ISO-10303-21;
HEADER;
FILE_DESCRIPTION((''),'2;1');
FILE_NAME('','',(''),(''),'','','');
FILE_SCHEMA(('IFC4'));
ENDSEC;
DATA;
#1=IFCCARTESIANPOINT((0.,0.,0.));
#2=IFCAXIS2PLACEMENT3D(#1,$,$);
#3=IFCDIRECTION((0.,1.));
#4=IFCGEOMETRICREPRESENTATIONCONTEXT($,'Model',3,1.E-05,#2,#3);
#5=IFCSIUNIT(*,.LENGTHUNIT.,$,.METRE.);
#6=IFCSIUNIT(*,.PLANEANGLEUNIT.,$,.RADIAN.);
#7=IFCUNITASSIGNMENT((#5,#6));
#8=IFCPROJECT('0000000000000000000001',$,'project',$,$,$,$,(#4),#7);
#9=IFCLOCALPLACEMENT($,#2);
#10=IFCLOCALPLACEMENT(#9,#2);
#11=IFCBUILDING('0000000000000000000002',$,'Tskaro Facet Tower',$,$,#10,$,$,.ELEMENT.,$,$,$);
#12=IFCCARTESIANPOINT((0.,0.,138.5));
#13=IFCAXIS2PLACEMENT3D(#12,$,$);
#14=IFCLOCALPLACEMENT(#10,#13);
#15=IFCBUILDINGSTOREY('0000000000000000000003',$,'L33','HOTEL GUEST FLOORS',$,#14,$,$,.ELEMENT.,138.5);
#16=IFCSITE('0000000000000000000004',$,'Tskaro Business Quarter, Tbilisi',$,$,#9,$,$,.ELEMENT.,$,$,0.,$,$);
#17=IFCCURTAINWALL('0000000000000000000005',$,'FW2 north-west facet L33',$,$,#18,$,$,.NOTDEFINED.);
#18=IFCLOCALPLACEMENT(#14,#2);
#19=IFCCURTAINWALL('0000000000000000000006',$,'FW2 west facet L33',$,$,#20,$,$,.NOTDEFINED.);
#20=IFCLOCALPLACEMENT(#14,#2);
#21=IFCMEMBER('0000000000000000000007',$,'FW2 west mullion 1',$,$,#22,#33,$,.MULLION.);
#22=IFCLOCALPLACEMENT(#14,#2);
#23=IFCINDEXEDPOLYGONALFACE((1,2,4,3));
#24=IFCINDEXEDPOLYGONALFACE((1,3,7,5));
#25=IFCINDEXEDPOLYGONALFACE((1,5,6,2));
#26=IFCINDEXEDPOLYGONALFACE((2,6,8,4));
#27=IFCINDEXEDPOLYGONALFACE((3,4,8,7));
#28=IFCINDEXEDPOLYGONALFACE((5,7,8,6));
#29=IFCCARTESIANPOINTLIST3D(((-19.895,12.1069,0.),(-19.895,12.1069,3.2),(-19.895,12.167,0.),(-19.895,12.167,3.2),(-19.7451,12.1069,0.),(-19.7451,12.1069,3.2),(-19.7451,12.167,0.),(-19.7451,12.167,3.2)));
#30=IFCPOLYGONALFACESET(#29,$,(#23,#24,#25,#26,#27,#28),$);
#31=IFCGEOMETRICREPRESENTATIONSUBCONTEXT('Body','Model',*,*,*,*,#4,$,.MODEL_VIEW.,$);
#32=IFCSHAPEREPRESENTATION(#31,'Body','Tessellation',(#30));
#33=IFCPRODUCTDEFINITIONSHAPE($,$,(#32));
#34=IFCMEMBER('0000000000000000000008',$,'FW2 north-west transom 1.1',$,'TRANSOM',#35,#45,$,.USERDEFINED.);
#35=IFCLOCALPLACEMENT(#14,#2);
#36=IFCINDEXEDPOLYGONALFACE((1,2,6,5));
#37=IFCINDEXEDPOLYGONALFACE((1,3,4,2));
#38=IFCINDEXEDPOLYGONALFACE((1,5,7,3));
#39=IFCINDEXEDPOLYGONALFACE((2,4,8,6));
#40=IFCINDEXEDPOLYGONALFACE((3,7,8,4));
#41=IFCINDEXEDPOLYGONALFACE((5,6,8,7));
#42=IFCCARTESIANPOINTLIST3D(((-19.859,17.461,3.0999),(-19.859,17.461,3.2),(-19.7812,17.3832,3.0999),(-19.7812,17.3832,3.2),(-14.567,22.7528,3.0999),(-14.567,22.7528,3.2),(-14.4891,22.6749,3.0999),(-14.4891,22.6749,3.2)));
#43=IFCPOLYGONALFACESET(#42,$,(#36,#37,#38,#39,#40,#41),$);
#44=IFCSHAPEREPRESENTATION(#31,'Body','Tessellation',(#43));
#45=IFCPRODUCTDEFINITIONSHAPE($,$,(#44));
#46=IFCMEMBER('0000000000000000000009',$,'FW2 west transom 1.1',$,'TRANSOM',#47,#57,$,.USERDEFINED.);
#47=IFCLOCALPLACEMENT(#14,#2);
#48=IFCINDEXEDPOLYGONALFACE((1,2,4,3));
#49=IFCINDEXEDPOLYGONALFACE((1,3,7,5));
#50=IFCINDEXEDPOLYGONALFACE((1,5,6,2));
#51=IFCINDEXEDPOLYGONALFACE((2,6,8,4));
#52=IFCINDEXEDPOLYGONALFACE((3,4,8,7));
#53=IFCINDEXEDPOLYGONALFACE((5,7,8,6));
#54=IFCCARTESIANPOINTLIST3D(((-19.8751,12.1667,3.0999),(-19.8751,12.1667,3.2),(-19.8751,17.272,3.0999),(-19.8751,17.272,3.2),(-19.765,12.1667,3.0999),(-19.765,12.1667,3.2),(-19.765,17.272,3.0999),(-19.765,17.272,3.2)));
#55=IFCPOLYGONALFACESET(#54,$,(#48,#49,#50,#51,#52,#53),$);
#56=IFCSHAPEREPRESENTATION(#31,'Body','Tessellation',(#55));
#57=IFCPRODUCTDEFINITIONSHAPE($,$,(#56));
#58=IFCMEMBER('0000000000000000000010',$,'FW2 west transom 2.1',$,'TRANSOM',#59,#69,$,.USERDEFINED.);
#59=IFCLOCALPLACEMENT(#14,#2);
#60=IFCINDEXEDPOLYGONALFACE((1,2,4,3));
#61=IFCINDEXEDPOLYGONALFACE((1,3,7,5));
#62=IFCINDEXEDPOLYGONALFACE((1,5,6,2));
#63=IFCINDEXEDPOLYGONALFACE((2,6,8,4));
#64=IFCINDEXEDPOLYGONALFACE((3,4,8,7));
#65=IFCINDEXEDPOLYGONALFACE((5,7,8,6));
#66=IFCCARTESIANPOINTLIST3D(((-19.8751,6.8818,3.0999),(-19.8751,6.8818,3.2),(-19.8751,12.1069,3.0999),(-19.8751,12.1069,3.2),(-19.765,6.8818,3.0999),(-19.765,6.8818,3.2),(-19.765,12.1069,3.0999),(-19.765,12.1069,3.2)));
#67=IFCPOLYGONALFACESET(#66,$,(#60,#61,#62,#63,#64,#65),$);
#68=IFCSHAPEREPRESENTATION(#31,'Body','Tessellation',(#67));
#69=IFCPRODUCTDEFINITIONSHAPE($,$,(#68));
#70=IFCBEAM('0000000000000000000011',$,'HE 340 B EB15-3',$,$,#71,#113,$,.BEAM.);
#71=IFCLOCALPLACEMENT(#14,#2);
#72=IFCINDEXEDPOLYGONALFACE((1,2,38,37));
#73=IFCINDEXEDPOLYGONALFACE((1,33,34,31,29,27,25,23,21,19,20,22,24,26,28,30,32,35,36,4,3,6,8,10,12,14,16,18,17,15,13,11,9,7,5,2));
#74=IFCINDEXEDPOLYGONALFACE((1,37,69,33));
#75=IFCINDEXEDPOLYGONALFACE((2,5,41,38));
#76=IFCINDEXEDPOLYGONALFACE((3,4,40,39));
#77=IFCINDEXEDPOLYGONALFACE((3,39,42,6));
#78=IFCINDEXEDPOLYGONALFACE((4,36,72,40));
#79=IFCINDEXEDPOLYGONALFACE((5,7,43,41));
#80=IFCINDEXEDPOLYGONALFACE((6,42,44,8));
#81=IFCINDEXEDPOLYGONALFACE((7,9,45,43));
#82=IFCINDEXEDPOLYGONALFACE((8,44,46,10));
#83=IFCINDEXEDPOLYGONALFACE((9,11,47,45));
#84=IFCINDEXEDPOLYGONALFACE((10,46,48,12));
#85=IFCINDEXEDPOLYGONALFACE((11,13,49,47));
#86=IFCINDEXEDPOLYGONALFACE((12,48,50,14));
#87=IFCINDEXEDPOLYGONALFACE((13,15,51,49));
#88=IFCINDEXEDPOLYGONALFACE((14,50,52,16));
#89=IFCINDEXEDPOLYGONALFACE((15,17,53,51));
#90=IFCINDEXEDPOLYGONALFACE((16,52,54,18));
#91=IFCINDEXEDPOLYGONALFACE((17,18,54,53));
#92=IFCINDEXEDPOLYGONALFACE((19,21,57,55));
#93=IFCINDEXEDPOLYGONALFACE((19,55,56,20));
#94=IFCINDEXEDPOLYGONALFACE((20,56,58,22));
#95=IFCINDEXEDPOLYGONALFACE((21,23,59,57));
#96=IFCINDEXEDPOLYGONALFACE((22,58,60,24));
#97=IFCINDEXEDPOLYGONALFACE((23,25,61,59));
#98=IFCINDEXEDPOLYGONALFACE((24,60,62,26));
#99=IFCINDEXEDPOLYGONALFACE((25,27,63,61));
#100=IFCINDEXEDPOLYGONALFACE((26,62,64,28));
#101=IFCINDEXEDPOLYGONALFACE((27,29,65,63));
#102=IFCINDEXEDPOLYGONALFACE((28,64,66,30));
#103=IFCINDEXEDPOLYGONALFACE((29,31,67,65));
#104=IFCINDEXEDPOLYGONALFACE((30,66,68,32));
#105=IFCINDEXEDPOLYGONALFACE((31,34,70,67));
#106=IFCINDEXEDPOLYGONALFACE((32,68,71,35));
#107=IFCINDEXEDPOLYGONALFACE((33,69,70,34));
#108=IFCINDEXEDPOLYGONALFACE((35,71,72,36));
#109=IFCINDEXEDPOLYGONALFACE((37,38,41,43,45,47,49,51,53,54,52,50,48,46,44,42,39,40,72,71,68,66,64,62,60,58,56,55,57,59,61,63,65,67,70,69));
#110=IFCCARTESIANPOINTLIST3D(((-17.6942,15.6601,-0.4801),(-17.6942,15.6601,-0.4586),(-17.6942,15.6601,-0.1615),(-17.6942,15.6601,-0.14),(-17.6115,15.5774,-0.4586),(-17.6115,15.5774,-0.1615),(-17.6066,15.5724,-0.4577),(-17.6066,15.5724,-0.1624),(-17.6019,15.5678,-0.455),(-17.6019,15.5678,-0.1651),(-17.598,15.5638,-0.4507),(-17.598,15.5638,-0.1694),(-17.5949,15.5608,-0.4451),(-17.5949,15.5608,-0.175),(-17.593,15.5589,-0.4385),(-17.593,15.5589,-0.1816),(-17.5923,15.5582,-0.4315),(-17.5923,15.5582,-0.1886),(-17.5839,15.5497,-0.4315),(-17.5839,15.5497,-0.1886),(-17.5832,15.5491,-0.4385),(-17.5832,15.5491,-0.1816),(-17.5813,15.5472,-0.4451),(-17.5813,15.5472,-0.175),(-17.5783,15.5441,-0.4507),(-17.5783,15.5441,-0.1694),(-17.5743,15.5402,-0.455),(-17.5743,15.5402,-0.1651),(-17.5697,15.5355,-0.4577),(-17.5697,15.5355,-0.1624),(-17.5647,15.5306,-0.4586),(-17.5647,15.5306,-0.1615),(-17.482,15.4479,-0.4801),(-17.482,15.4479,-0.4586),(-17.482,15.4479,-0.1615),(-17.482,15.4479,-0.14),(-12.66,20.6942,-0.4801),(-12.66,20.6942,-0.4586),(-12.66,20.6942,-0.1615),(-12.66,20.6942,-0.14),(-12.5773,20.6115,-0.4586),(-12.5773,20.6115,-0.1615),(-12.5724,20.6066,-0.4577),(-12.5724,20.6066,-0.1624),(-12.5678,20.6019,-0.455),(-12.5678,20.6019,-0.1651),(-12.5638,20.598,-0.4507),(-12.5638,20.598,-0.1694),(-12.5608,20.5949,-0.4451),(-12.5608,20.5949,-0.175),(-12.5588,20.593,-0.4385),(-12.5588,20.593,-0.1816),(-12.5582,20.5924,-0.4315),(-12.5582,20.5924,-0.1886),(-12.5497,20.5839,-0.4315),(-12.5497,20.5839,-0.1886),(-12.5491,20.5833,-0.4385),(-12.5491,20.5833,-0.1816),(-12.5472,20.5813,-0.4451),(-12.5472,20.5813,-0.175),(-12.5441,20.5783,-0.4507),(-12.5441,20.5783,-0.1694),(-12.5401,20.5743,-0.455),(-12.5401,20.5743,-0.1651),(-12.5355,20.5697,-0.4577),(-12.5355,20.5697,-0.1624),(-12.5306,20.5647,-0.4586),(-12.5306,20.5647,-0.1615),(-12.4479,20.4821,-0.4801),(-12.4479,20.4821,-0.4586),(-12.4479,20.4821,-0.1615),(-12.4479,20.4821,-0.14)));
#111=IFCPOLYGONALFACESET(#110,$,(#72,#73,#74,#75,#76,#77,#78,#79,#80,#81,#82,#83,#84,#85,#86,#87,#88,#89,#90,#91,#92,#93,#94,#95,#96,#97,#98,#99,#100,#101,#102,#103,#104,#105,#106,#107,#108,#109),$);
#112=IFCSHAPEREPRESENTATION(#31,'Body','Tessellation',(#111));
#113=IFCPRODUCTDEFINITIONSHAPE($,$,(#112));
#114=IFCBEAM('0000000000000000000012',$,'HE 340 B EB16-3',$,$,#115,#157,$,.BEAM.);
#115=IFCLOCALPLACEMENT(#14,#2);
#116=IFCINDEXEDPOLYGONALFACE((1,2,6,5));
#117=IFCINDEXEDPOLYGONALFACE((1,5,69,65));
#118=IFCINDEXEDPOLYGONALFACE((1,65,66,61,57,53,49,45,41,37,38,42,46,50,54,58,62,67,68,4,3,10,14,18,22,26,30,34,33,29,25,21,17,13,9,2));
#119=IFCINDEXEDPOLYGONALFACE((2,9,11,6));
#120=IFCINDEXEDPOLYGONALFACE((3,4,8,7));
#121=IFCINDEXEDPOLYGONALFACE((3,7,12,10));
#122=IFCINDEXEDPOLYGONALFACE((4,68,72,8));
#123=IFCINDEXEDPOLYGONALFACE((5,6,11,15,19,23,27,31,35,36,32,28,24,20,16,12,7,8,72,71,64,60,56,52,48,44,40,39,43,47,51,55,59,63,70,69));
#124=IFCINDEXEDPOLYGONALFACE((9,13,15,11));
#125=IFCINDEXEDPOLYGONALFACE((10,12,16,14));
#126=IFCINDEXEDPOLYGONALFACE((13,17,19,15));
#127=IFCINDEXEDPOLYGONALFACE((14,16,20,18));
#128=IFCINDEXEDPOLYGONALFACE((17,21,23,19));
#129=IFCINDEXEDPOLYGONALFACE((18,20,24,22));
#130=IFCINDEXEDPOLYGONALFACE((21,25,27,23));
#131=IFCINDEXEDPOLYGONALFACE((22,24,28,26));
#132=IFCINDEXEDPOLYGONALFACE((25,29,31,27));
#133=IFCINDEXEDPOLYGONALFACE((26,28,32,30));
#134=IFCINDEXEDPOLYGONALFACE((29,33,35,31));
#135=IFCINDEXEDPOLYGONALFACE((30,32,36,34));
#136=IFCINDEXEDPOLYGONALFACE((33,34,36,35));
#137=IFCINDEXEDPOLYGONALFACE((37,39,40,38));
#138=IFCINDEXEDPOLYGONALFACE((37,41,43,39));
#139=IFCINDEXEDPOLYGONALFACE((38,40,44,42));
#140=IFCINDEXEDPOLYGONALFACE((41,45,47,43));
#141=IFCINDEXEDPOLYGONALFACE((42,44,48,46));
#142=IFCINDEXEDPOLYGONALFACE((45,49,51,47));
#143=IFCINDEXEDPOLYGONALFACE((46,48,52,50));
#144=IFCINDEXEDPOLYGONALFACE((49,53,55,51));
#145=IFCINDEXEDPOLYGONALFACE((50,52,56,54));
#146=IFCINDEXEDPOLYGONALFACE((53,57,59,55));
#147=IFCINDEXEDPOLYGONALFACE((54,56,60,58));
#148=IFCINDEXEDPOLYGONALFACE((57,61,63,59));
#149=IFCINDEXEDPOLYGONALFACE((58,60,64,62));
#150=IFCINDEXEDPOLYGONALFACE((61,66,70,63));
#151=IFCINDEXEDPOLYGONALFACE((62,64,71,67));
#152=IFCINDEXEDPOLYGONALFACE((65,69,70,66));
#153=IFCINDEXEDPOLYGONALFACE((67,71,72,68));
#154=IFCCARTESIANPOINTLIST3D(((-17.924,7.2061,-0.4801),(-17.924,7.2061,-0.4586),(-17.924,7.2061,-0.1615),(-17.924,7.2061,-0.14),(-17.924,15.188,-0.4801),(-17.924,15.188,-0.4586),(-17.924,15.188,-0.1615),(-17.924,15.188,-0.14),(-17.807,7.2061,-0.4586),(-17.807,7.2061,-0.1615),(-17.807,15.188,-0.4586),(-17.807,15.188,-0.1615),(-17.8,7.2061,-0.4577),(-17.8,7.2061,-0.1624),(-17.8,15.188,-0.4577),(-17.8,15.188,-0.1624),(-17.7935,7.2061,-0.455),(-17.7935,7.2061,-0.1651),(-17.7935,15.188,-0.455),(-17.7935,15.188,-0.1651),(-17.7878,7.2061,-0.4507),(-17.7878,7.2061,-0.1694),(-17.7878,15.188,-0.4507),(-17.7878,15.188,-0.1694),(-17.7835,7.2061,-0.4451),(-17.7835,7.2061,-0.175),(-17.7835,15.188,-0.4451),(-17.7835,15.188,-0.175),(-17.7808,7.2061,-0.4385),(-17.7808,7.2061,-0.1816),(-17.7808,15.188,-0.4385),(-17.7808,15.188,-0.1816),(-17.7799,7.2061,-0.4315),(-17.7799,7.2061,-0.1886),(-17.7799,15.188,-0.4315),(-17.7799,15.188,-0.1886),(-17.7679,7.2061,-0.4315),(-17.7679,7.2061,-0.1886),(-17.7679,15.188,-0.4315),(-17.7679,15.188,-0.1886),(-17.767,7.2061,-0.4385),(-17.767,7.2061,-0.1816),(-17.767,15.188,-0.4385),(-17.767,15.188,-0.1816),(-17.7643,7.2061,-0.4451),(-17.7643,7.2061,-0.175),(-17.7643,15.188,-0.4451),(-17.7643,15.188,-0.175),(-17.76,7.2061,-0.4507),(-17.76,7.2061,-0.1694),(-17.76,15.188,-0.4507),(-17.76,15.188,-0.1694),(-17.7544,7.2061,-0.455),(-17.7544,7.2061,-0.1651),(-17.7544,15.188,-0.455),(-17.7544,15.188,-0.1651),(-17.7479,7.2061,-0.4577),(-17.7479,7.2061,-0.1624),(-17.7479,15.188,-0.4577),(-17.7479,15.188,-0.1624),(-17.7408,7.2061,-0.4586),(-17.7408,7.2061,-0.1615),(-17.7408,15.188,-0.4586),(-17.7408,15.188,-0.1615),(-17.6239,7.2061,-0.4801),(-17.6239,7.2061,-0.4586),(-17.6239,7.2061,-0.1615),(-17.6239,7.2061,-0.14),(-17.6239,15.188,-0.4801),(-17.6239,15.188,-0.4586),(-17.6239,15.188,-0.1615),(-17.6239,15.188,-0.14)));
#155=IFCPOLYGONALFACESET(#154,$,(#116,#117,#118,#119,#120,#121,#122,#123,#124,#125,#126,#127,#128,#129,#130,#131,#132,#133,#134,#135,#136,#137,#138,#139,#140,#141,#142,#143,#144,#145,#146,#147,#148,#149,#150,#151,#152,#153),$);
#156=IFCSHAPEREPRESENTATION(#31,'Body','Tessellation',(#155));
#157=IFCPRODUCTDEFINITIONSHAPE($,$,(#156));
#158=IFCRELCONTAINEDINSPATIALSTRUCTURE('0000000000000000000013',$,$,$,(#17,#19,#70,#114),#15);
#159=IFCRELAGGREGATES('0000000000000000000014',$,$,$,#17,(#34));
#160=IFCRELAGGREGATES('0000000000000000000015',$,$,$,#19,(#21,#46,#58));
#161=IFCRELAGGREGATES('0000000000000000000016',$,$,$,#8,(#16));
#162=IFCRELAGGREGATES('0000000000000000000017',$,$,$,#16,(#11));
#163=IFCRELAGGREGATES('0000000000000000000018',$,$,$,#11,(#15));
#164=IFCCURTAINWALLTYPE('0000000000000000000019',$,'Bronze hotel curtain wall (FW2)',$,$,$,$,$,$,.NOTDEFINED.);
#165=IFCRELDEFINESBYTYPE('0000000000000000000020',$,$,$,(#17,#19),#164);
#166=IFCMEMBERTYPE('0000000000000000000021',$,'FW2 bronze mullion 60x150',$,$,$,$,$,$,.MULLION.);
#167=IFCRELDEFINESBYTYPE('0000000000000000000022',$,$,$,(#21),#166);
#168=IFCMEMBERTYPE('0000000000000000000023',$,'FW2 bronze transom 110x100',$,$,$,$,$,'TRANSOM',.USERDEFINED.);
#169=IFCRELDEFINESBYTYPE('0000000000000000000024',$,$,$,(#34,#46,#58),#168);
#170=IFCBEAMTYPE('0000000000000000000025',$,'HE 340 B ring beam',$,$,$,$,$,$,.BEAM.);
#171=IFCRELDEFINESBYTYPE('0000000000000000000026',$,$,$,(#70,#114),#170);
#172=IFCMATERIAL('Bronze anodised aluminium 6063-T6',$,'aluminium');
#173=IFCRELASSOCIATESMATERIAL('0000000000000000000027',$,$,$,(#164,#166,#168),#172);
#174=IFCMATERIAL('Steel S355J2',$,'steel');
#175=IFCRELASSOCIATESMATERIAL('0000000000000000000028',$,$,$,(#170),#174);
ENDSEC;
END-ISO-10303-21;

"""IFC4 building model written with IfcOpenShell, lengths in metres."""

from ifc_helpers import new_model, si_unit, direction, frame, origin, origin_2d, place, context, subcontext, project, spatial, rectangle, i_section, extrude, material, material_profile, profile_set, type_object, element, aggregate, save


model = new_model("IFC4")

# Units and contexts
model_context = context("Model", 3, precision=1e-05, world=origin(), true_north=direction((0.0, 1.0)))
body_context = subcontext(model_context, "Body", "Model", "MODEL_VIEW")
ifc_project = project(units=[si_unit("LENGTHUNIT", "METRE"), si_unit("PLANEANGLEUNIT", "RADIAN")], contexts=[model_context])

# Site, building, storey
site_placement = place(None, origin())
site = spatial("IfcSite", under=ifc_project, at=site_placement, Name="Tskaro Business Quarter, Tbilisi", CompositionType="ELEMENT", RefElevation=0.0)
building_placement = place(site_placement, origin())
building = spatial("IfcBuilding", under=site, at=building_placement, Name="Tskaro Facet Tower", CompositionType="ELEMENT")
storey_placement = place(building_placement, frame((0.0, 0.0, 138.5)))
storey = spatial("IfcBuildingStorey", under=building, at=storey_placement, Name="L33", Description="HOTEL GUEST FLOORS", CompositionType="ELEMENT", Elevation=138.5)

# Curtain wall
ifc_material_1 = material(Name="Bronze anodised aluminium 6063-T6", Category="aluminium")
curtain_wall_type = type_object("IfcCurtainWallType", Name="Bronze hotel curtain wall (FW2)", PredefinedType="NOTDEFINED", material=ifc_material_1)
curtain_wall_1_placement = place(storey_placement, origin())
curtain_wall_1 = element("IfcCurtainWall", 1, at=curtain_wall_1_placement, inside=storey, type_object=curtain_wall_type, Name="FW2 north-west facet L33", PredefinedType="NOTDEFINED")

# Curtain wall, member
curtain_wall_2_placement = place(storey_placement, origin())
curtain_wall_2 = element("IfcCurtainWall", 2, at=curtain_wall_2_placement, inside=storey, type_object=curtain_wall_type, Name="FW2 west facet L33", PredefinedType="NOTDEFINED")
ifc_material_profile_1 = material_profile(ifc_material_1, rectangle(XDim=0.0601, YDim=0.1499, at=origin_2d()), Name="Mullion 60x150")
ifc_profile_set_1 = profile_set([ifc_material_profile_1], Name="Bronze anodised aluminium 6063-T6")
member_type_1 = type_object("IfcMemberType", Name="FW2 bronze mullion 60x150", PredefinedType="MULLION", material=ifc_profile_set_1)
member_1_placement = place(storey_placement, frame((-19.8201, 12.137, 0.0), z_axis=(0.0, 0.0, 1.0), x_axis=(0.0, -1.0, 0.0)))
member_1 = element("IfcMember", 3, at=member_1_placement, type_object=member_type_1, Name="FW2 west mullion 1", PredefinedType="MULLION", context=body_context, shape_type="SweptSolid", body=[
    extrude(rectangle(XDim=0.0601, YDim=0.1499, at=origin_2d()), origin(), (0.0, 0.0, 1.0), 3.2),
])

# Members
ifc_material_profile_2 = material_profile(ifc_material_1, rectangle(XDim=0.1101, YDim=0.1001, at=origin_2d()), Name="Transom 110x100")
ifc_profile_set_2 = profile_set([ifc_material_profile_2], Name="Bronze anodised aluminium 6063-T6")
member_type_2 = type_object("IfcMemberType", Name="FW2 bronze transom 110x100", ElementType="TRANSOM", PredefinedType="USERDEFINED", material=ifc_profile_set_2)
member_2_placement = place(storey_placement, frame((-14.5281, 22.7139, 3.1499), z_axis=(-0.707123, -0.70709, 0.0), x_axis=(0.70709, -0.707123, 0.0)))
member_2 = element("IfcMember", 4, at=member_2_placement, type_object=member_type_2, Name="FW2 north-west transom 1.1", ObjectType="TRANSOM", PredefinedType="USERDEFINED", context=body_context, shape_type="SweptSolid", body=[
    extrude(rectangle(XDim=0.1101, YDim=0.1001, at=origin_2d()), origin(), (0.0, 0.0, 1.0), 7.4839),
])
member_3_placement = place(storey_placement, frame((-19.8201, 17.272, 3.1499), z_axis=(0.0, -1.0, 0.0), x_axis=(1.0, 0.0, 0.0)))
member_3 = element("IfcMember", 5, at=member_3_placement, type_object=member_type_2, Name="FW2 west transom 1.1", ObjectType="TRANSOM", PredefinedType="USERDEFINED", context=body_context, shape_type="SweptSolid", body=[
    extrude(rectangle(XDim=0.1101, YDim=0.1001, at=origin_2d()), origin(), (0.0, 0.0, 1.0), 5.1052),
])
member_4_placement = place(storey_placement, frame((-19.8201, 12.1069, 3.1499), z_axis=(0.0, -1.0, 0.0), x_axis=(1.0, 0.0, 0.0)))
member_4 = element("IfcMember", 6, at=member_4_placement, type_object=member_type_2, Name="FW2 west transom 2.1", ObjectType="TRANSOM", PredefinedType="USERDEFINED", context=body_context, shape_type="SweptSolid", body=[
    extrude(rectangle(XDim=0.1101, YDim=0.1001, at=origin_2d()), origin(), (0.0, 0.0, 1.0), 5.2251),
])

# Beams
ifc_material_2 = material(Name="Steel S355J2", Category="steel")
ifc_material_profile_3 = material_profile(ifc_material_2, i_section(OverallWidth=0.3, OverallDepth=0.3401, WebThickness=0.012, FlangeThickness=0.0215, FilletRadius=0.0271, at=origin_2d()), Name="HE 340 B")
ifc_profile_set_3 = profile_set([ifc_material_profile_3], Name="Steel S355J2")
beam_type_1 = type_object("IfcBeamType", Name="HE 340 B ring beam", PredefinedType="BEAM", material=ifc_profile_set_3)
beam_1_placement = place(storey_placement, frame((-12.554, 20.5881, -0.3101), z_axis=(-0.707107, -0.707107, 0.0), x_axis=(0.707107, -0.707107, 0.0)))
element("IfcBeam", 7, at=beam_1_placement, inside=storey, type_object=beam_type_1, Name="HE 340 B EB15-3", PredefinedType="BEAM", context=body_context, shape_type="SweptSolid", body=[
    extrude(i_section(OverallWidth=0.3, OverallDepth=0.3401, WebThickness=0.012, FlangeThickness=0.0215, FilletRadius=0.0271, at=origin_2d()), origin(), (0.0, 0.0, 1.0), 7.1194),
])
beam_2_placement = place(storey_placement, frame((-17.7739, 15.188, -0.3101), z_axis=(0.0, -1.0, 0.0), x_axis=(1.0, 0.0, 0.0)))
element("IfcBeam", 8, at=beam_2_placement, inside=storey, type_object=beam_type_1, Name="HE 340 B EB16-3", PredefinedType="BEAM", context=body_context, shape_type="SweptSolid", body=[
    extrude(i_section(OverallWidth=0.3, OverallDepth=0.3401, WebThickness=0.012, FlangeThickness=0.0215, FilletRadius=0.0271, at=origin_2d()), origin(), (0.0, 0.0, 1.0), 7.9819),
])

aggregate(curtain_wall_1, [member_2])
aggregate(curtain_wall_2, [member_1, member_3, member_4])

save(model, "model.ifc")
